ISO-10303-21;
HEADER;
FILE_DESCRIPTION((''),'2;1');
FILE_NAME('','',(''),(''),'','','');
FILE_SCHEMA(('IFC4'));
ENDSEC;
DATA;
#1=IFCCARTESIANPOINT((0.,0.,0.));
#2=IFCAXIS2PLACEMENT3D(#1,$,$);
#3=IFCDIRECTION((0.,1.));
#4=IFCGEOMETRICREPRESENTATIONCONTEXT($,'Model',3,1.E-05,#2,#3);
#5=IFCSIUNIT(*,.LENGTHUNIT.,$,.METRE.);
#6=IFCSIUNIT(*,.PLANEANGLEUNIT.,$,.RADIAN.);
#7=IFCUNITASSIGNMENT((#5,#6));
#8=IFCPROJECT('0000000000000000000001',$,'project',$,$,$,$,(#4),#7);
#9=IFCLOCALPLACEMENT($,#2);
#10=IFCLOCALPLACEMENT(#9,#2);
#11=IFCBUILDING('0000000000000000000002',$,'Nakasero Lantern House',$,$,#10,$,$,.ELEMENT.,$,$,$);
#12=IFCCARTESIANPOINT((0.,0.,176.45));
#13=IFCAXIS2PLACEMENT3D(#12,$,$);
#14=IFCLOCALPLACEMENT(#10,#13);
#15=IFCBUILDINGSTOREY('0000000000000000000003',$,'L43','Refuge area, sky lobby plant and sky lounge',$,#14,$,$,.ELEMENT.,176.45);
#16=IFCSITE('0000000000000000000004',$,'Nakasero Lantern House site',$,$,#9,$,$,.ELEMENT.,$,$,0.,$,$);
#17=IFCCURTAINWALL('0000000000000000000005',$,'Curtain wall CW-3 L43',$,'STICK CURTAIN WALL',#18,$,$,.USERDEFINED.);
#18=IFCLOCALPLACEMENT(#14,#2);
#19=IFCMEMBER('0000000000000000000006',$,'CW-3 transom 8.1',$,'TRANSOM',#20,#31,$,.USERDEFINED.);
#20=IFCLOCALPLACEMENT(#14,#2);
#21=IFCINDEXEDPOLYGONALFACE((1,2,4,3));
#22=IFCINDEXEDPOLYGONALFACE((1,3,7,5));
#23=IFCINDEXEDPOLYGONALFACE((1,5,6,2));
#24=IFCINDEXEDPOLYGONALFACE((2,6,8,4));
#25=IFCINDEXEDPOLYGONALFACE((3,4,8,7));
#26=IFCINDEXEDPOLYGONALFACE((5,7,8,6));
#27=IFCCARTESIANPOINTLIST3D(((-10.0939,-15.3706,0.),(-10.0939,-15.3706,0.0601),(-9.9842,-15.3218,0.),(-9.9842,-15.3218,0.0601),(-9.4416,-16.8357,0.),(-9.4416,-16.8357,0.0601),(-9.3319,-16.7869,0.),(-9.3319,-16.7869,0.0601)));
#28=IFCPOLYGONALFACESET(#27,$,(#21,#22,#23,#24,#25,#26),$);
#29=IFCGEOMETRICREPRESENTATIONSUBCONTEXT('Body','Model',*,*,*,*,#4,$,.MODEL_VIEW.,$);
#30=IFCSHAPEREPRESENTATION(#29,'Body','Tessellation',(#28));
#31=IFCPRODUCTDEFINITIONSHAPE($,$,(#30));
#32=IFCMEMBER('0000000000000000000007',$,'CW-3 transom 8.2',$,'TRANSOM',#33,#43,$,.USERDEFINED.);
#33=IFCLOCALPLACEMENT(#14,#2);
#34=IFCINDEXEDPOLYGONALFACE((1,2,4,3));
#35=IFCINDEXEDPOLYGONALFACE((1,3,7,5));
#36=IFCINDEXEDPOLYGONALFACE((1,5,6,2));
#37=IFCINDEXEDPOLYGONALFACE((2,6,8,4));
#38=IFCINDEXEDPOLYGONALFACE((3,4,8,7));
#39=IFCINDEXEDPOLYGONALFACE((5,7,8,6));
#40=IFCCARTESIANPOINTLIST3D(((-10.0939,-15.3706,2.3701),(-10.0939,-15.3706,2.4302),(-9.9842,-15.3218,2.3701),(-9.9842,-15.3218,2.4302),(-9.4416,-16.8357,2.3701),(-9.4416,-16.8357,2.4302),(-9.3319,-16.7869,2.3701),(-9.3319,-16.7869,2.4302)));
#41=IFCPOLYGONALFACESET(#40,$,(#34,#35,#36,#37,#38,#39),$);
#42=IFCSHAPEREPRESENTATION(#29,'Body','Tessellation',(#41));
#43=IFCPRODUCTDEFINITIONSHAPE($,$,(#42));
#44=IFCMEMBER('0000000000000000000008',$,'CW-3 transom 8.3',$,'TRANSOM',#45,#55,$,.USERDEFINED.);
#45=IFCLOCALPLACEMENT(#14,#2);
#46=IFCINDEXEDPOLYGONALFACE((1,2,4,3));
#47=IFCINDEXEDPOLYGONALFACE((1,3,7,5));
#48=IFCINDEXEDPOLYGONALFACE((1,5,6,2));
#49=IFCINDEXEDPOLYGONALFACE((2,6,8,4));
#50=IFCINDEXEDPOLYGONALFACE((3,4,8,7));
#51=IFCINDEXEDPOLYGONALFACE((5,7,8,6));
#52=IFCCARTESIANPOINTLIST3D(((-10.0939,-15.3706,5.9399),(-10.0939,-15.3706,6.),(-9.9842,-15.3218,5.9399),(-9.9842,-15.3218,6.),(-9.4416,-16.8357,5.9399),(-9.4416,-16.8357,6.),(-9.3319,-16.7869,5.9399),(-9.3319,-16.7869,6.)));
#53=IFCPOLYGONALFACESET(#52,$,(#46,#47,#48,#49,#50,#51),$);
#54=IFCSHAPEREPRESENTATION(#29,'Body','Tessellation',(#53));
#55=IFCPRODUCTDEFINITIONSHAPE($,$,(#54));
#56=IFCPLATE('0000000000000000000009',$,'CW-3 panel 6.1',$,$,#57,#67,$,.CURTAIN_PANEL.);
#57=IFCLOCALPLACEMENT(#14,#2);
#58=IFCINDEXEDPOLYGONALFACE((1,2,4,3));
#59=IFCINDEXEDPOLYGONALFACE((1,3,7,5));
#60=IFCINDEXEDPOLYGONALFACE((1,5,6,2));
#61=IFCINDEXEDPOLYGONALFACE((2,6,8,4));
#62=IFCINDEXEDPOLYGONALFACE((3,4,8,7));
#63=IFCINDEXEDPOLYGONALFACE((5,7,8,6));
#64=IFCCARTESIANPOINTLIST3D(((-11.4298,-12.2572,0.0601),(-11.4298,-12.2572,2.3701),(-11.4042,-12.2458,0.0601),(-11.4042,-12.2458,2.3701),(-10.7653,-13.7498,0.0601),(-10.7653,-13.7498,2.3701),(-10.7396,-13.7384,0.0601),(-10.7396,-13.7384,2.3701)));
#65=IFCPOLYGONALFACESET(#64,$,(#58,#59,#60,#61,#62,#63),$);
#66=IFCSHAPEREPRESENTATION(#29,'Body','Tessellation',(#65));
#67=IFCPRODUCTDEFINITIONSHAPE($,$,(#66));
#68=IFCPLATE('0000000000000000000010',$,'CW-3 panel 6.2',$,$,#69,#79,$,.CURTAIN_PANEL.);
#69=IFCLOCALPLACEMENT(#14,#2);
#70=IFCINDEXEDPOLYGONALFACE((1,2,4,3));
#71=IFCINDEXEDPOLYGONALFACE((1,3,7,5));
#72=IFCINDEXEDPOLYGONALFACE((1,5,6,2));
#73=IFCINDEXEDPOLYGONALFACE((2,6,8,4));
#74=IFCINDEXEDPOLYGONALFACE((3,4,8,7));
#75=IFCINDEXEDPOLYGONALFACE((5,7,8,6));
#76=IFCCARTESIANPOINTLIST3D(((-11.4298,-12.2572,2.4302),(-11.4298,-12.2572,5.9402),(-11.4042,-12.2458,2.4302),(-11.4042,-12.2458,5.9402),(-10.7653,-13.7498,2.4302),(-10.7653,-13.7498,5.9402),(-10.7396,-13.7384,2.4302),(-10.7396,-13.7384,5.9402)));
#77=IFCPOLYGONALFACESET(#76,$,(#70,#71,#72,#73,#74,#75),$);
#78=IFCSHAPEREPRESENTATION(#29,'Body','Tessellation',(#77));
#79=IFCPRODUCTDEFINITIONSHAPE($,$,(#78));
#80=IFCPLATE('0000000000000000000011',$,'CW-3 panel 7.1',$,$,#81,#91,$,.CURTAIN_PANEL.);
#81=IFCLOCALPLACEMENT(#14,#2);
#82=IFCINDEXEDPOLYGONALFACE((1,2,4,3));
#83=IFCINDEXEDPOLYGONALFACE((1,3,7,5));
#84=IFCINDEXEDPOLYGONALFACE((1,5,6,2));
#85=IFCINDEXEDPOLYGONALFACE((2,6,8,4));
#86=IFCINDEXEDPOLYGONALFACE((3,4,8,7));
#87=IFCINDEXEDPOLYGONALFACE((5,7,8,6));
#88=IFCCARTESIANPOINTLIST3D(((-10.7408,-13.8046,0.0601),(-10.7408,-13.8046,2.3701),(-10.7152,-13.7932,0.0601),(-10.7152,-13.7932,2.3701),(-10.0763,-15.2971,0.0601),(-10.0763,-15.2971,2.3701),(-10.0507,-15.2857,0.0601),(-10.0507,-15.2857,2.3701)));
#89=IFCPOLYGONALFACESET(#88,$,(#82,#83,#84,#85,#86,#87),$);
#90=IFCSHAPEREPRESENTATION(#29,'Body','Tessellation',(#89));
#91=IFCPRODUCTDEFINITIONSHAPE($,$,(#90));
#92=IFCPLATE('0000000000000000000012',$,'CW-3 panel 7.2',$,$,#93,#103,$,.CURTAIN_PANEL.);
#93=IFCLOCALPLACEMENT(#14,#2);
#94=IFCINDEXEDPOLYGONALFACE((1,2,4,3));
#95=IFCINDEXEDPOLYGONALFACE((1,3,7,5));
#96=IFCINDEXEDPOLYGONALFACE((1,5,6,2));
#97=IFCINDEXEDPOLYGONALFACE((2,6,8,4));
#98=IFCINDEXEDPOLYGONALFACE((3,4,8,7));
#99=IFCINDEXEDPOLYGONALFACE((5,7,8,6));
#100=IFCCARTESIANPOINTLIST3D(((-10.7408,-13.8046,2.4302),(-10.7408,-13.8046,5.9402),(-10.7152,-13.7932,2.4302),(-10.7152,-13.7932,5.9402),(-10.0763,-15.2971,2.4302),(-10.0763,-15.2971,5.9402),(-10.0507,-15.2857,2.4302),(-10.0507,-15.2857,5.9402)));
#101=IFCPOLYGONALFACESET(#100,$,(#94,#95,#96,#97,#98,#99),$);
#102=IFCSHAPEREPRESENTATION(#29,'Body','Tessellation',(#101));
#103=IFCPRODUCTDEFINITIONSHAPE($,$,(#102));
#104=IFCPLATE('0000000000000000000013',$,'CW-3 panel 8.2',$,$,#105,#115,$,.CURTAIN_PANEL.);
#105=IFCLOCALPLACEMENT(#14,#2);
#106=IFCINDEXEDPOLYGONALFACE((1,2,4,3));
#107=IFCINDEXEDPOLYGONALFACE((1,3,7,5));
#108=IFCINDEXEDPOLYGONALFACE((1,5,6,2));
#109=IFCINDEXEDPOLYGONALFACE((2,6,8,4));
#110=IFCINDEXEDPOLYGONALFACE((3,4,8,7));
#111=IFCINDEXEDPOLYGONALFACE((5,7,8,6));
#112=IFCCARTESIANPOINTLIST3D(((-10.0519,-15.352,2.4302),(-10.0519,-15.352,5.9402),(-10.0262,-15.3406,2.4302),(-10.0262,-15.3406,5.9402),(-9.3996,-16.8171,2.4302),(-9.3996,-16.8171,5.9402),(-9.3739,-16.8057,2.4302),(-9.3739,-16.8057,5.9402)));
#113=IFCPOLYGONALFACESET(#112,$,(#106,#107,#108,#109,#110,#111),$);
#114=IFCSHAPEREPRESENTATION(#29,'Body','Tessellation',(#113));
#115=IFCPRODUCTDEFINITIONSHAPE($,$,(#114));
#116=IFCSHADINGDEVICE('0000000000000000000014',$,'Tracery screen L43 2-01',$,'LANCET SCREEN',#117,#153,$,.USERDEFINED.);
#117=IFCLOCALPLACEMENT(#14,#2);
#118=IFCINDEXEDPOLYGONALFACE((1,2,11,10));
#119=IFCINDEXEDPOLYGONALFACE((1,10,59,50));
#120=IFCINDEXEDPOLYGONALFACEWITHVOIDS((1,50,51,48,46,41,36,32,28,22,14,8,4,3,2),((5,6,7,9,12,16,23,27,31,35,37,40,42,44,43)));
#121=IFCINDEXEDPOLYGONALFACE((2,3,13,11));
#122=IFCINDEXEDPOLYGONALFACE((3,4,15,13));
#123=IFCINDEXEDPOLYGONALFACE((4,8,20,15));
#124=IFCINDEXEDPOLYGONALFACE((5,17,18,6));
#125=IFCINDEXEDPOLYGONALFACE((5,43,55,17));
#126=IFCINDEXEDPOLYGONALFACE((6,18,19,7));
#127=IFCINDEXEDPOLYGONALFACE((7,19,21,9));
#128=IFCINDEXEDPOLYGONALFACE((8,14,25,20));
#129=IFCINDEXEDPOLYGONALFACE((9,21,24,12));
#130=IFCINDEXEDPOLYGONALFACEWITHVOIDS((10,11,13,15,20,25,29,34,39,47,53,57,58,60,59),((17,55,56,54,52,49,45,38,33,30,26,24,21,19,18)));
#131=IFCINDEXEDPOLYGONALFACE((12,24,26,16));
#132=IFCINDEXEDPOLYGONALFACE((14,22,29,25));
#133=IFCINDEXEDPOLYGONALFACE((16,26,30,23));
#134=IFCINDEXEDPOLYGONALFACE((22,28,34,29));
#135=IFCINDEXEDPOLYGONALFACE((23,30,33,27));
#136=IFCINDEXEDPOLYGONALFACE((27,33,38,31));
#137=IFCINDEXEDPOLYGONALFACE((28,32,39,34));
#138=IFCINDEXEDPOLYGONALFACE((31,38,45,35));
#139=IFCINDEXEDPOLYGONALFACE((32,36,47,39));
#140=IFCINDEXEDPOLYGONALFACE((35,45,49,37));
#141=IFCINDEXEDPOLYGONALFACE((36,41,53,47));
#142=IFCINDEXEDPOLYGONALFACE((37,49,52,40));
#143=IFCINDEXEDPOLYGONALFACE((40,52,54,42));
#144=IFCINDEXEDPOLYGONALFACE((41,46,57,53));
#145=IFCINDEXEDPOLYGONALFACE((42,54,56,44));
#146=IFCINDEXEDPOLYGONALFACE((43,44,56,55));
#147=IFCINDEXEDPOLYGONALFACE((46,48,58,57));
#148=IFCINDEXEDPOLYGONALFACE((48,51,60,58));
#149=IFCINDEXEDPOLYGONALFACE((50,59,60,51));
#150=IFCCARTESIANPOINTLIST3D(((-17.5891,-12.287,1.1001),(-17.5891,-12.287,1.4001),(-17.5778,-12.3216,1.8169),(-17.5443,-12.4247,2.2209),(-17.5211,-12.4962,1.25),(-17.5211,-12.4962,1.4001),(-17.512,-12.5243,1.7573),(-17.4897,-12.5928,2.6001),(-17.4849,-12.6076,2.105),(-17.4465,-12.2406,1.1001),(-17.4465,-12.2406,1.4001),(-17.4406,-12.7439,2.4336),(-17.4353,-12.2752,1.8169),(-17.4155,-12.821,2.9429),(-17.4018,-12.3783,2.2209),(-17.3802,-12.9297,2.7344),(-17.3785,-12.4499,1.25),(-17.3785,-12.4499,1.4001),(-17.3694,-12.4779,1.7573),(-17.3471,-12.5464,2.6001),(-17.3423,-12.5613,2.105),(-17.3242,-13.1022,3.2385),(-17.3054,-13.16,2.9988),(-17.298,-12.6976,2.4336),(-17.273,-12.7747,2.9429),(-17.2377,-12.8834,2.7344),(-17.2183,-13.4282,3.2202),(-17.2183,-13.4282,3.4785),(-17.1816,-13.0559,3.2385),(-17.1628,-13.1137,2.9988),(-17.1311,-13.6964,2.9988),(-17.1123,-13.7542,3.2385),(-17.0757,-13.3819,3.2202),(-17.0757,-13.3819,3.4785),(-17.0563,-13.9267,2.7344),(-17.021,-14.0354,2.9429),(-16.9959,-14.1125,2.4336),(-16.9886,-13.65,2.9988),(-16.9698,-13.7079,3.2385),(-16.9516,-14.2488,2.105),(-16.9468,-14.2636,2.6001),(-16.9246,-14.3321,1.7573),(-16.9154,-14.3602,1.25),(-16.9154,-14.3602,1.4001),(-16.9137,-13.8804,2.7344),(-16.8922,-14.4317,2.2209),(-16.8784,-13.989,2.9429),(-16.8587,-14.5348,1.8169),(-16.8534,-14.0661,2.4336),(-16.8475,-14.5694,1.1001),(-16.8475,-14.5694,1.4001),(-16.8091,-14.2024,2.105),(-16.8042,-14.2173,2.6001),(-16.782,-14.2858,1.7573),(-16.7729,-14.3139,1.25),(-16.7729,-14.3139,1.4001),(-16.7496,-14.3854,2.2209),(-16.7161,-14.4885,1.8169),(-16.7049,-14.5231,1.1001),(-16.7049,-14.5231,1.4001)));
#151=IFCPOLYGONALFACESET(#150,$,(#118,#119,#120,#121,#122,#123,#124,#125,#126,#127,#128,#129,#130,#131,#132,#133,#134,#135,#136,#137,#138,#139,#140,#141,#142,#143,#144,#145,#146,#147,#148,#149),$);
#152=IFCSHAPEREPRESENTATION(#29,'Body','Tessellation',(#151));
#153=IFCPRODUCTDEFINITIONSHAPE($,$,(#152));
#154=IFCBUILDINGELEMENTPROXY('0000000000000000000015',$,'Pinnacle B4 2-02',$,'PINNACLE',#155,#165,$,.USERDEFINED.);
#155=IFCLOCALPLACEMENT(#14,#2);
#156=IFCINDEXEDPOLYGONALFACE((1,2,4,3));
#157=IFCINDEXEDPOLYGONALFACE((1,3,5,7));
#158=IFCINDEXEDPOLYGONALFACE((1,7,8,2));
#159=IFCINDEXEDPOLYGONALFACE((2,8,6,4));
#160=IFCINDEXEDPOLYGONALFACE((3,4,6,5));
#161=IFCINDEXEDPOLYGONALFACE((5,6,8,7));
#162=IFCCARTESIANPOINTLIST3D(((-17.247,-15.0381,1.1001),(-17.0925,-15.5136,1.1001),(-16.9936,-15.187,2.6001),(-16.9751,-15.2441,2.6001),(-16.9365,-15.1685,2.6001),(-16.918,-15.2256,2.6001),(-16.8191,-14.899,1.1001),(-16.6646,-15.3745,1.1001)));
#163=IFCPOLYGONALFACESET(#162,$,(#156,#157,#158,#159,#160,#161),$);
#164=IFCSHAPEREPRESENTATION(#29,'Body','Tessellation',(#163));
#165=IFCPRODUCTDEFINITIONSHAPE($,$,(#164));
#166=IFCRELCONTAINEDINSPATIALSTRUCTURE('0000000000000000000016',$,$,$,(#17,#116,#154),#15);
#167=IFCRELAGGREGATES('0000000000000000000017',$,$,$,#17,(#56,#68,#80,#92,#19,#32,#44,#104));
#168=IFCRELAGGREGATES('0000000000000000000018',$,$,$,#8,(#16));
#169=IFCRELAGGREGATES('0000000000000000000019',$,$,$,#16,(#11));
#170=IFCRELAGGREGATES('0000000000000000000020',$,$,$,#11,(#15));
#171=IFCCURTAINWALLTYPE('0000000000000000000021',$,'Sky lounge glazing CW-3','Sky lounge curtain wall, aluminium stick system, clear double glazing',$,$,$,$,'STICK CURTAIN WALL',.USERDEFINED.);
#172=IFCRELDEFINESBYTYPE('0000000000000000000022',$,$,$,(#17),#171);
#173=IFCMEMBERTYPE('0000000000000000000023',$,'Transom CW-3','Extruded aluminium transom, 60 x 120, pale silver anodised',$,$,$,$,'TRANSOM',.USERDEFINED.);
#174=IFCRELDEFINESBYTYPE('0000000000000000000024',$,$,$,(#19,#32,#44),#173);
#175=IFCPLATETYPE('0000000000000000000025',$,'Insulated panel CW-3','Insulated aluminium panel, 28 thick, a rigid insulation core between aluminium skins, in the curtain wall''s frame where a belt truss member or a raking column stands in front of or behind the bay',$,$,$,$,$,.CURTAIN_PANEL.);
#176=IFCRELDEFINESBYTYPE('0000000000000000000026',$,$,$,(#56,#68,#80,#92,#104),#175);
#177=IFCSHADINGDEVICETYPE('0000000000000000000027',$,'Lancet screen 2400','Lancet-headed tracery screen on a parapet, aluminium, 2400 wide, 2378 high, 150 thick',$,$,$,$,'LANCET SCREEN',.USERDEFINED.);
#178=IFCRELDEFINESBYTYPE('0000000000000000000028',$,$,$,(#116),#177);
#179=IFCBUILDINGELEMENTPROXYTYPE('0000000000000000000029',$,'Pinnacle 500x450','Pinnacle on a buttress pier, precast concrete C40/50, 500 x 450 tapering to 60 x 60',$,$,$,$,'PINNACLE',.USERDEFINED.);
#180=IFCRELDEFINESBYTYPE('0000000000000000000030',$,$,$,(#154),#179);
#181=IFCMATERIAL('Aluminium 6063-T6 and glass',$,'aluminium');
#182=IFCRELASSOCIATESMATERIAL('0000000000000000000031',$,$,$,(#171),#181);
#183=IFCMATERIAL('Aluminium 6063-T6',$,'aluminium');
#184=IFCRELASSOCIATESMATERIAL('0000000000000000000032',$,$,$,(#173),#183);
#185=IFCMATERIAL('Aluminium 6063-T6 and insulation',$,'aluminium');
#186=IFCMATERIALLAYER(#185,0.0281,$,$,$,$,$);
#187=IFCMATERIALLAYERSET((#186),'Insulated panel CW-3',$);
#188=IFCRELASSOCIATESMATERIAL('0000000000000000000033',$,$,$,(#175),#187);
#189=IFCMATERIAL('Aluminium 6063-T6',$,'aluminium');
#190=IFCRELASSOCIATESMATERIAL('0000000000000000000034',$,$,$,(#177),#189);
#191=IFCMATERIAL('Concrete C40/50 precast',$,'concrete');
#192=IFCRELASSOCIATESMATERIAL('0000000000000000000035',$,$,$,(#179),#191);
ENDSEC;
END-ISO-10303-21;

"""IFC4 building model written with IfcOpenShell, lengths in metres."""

from ifc_helpers import new_model, entity, si_unit, direction, frame, origin, origin_2d, place, context, subcontext, project, spatial, polyline, rectangle, outline, extrude, material, layer, layer_set, material_profile, profile_set, type_object, element, aggregate, save


model = new_model("IFC4")

# Units and contexts
model_context = context("Model", 3, precision=1e-05, world=origin(), true_north=direction((0.0, 1.0)))
body_context = subcontext(model_context, "Body", "Model", "MODEL_VIEW")
ifc_project = project(units=[si_unit("LENGTHUNIT", "METRE"), si_unit("PLANEANGLEUNIT", "RADIAN")], contexts=[model_context])

# Site, building, storey
site_placement = place(None, origin())
site = spatial("IfcSite", under=ifc_project, at=site_placement, Name="Nakasero Lantern House site", CompositionType="ELEMENT", RefElevation=0.0)
building_placement = place(site_placement, origin())
building = spatial("IfcBuilding", under=site, at=building_placement, Name="Nakasero Lantern House", CompositionType="ELEMENT")
storey_placement = place(building_placement, frame((0.0, 0.0, 176.45)))
storey = spatial("IfcBuildingStorey", under=building, at=storey_placement, Name="L43", Description="Refuge area, sky lobby plant and sky lounge", CompositionType="ELEMENT", Elevation=176.45)

# Curtain wall
ifc_material_1 = material(Name="Aluminium 6063-T6 and glass", Category="aluminium")
curtain_wall_type = type_object("IfcCurtainWallType", Name="Sky lounge glazing CW-3", Description="Sky lounge curtain wall, aluminium stick system, clear double glazing", ElementType="STICK CURTAIN WALL", PredefinedType="USERDEFINED", material=ifc_material_1)
curtain_wall_placement = place(storey_placement, origin())
curtain_wall = element("IfcCurtainWall", 1, at=curtain_wall_placement, inside=storey, type_object=curtain_wall_type, Name="Curtain wall CW-3 L43", ObjectType="STICK CURTAIN WALL", PredefinedType="USERDEFINED")

# Members
ifc_material_2 = material(Name="Aluminium 6063-T6", Category="aluminium")
ifc_material_profile_1 = material_profile(ifc_material_2, rectangle(XDim=0.0601, YDim=0.1201, at=origin_2d()), Name="CW-3 transom 60x120")
ifc_profile_set_1 = profile_set([ifc_material_profile_1], Name="Aluminium 6063-T6")
member_type_1 = type_object("IfcMemberType", Name="Transom CW-3", Description="Extruded aluminium transom, 60 x 120, pale silver anodised", ElementType="TRANSOM", PredefinedType="USERDEFINED", material=ifc_profile_set_1)
member_1_placement = place(storey_placement, frame((-10.0391, -15.3462, 0.03), z_axis=(0.40676, -0.913535, 0.0), x_axis=(0.0, 0.0, 1.0)))
member_1 = element("IfcMember", 2, at=member_1_placement, type_object=member_type_1, Name="CW-3 transom 8.1", ObjectType="TRANSOM", PredefinedType="USERDEFINED", context=body_context, shape_type="SweptSolid", body=[
    extrude(rectangle(XDim=0.0601, YDim=0.1201, at=origin_2d()), origin(), (0.0, 0.0, 1.0), 1.6038),
])
member_2_placement = place(storey_placement, frame((-10.0391, -15.3462, 2.4001), z_axis=(0.40676, -0.913535, 0.0), x_axis=(0.0, 0.0, 1.0)))
member_2 = element("IfcMember", 3, at=member_2_placement, type_object=member_type_1, Name="CW-3 transom 8.2", ObjectType="TRANSOM", PredefinedType="USERDEFINED", context=body_context, shape_type="SweptSolid", body=[
    extrude(rectangle(XDim=0.0601, YDim=0.1201, at=origin_2d()), origin(), (0.0, 0.0, 1.0), 1.6038),
])
member_3_placement = place(storey_placement, frame((-10.0391, -15.3462, 5.97), z_axis=(0.40676, -0.913535, 0.0), x_axis=(0.0, 0.0, 1.0)))
member_3 = element("IfcMember", 4, at=member_3_placement, type_object=member_type_1, Name="CW-3 transom 8.3", ObjectType="TRANSOM", PredefinedType="USERDEFINED", context=body_context, shape_type="SweptSolid", body=[
    extrude(rectangle(XDim=0.0601, YDim=0.1201, at=origin_2d()), origin(), (0.0, 0.0, 1.0), 1.6038),
])

# Plates
ifc_material_3 = material(Name="Aluminium 6063-T6 and insulation", Category="aluminium")
ifc_layer = layer(ifc_material_3, 0.0281)
ifc_layer_set = layer_set([ifc_layer], Name="Insulated panel CW-3")
plate_type = type_object("IfcPlateType", Name="Insulated panel CW-3", Description="Insulated aluminium panel, 28 thick, a rigid insulation core between aluminium skins, in the curtain wall's frame where a belt truss member or a raking column stands in front of or behind the bay", PredefinedType="CURTAIN_PANEL", material=ifc_layer_set)
plate_1_placement = place(storey_placement, frame((-11.0847, -12.9978, 0.0601), z_axis=(0.0, 0.0, 1.0), x_axis=(0.406737, -0.913545, 0.0)))
plate_1 = element("IfcPlate", 5, at=plate_1_placement, type_object=plate_type, Name="CW-3 panel 6.1", PredefinedType="CURTAIN_PANEL", context=body_context, shape_type="SweptSolid", body=[
    extrude(rectangle(XDim=1.6338, YDim=0.0281, at=origin_2d()), origin(), (0.0, 0.0, 1.0), 2.3101),
])
plate_2_placement = place(storey_placement, frame((-11.0847, -12.9978, 2.4302), z_axis=(0.0, 0.0, 1.0), x_axis=(0.406737, -0.913545, 0.0)))
plate_2 = element("IfcPlate", 6, at=plate_2_placement, type_object=plate_type, Name="CW-3 panel 6.2", PredefinedType="CURTAIN_PANEL", context=body_context, shape_type="SweptSolid", body=[
    extrude(rectangle(XDim=1.6338, YDim=0.0281, at=origin_2d()), origin(), (0.0, 0.0, 1.0), 3.51),
])
plate_3_placement = place(storey_placement, frame((-10.3958, -14.5452, 0.0601), z_axis=(0.0, 0.0, 1.0), x_axis=(0.406737, -0.913545, 0.0)))
plate_3 = element("IfcPlate", 7, at=plate_3_placement, type_object=plate_type, Name="CW-3 panel 7.1", PredefinedType="CURTAIN_PANEL", context=body_context, shape_type="SweptSolid", body=[
    extrude(rectangle(XDim=1.6338, YDim=0.0281, at=origin_2d()), origin(), (0.0, 0.0, 1.0), 2.3101),
])
plate_4_placement = place(storey_placement, frame((-10.3958, -14.5452, 2.4302), z_axis=(0.0, 0.0, 1.0), x_axis=(0.406737, -0.913545, 0.0)))
plate_4 = element("IfcPlate", 8, at=plate_4_placement, type_object=plate_type, Name="CW-3 panel 7.2", PredefinedType="CURTAIN_PANEL", context=body_context, shape_type="SweptSolid", body=[
    extrude(rectangle(XDim=1.6338, YDim=0.0281, at=origin_2d()), origin(), (0.0, 0.0, 1.0), 3.51),
])
plate_5_placement = place(storey_placement, frame((-9.7129, -16.0789, 2.4302), z_axis=(0.0, 0.0, 1.0), x_axis=(0.406737, -0.913545, 0.0)))
plate_5 = element("IfcPlate", 9, at=plate_5_placement, type_object=plate_type, Name="CW-3 panel 8.2", PredefinedType="CURTAIN_PANEL", context=body_context, shape_type="SweptSolid", body=[
    extrude(rectangle(XDim=1.6038, YDim=0.0281, at=origin_2d()), origin(), (0.0, 0.0, 1.0), 3.51),
])
aggregate(curtain_wall, [plate_1, plate_2, plate_3, plate_4, member_1, member_2, member_3, plate_5])

# Shading device
ifc_material_4 = material(Name="Aluminium 6063-T6", Category="aluminium")
shading_device_type = type_object("IfcShadingDeviceType", Name="Lancet screen 2400", Description="Lancet-headed tracery screen on a parapet, aluminium, 2400 wide, 2378 high, 150 thick", ElementType="LANCET SCREEN", PredefinedType="USERDEFINED", material=ifc_material_4)
shading_device_placement = place(storey_placement, frame((-17.147, -13.405, 1.1001), z_axis=(0.0, 0.0, 1.0), x_axis=(0.309017, -0.951057, 0.0)))
element("IfcShadingDevice", 10, at=shading_device_placement, inside=storey, type_object=shading_device_type, Name="Tracery screen L43 2-01", ObjectType="LANCET SCREEN", PredefinedType="USERDEFINED", context=body_context, shape_type="SweptSolid", body=[
    extrude(outline(polyline([(-1.2, 0.0), (1.2, 0.0), (1.2, 0.3), (1.1636, 0.7168), (1.0552, 1.1208), (0.8784, 1.5), (0.6384, 1.8428), (0.3428, 2.1384), (0.0, 2.3784), (-0.3428, 2.1384), (-0.6384, 1.8428), (-0.8784, 1.5), (-1.0552, 1.1208), (-1.1636, 0.7168), (-1.2, 0.3), (-1.2, 0.0)]), holes=[polyline([(-0.98, 0.1499), (0.98, 0.1499), (0.98, 0.3), (0.9504, 0.6572), (0.8628, 1.0049), (0.7195, 1.3335), (0.5242, 1.6343), (0.282, 1.8987), (0.0, 2.1201), (-0.282, 1.8987), (-0.5242, 1.6343), (-0.7195, 1.3335), (-0.8628, 1.0049), (-0.9504, 0.6572), (-0.98, 0.3), (-0.98, 0.1499)])]), frame((0.0, 0.075, 0.0), z_axis=(0.0, -1.0, 0.0), x_axis=(1.0, 0.0, 0.0)), (0.0, 0.0, 1.0), 0.1499),
])

# Building element proxy
ifc_material_5 = material(Name="Concrete C40/50 precast", Category="concrete")
building_element_proxy_type = type_object("IfcBuildingElementProxyType", Name="Pinnacle 500x450", Description="Pinnacle on a buttress pier, precast concrete C40/50, 500 x 450 tapering to 60 x 60", ElementType="PINNACLE", PredefinedType="USERDEFINED", material=ifc_material_5)
proxy_placement = place(storey_placement, frame((-16.9558, -15.2063, 1.1001), z_axis=(0.0, 0.0, 1.0), x_axis=(-0.951057, -0.309017, 0.0)))
element("IfcBuildingElementProxy", 11, at=proxy_placement, inside=storey, type_object=building_element_proxy_type, Name="Pinnacle B4 2-02", ObjectType="PINNACLE", PredefinedType="USERDEFINED", context=body_context, shape_type="SweptSolid", body=[
    entity("IfcExtrudedAreaSolidTapered", entity("IfcRectangleProfileDef", "AREA", None, entity("IfcAxis2Placement2D", entity("IfcCartesianPoint", [0.0, 0.0])), 0.45, 0.5), entity("IfcAxis2Placement3D", entity("IfcCartesianPoint", [0.0, 0.0, 0.0])), entity("IfcDirection", [0.0, 0.0, 1.0]), 1.5, entity("IfcRectangleProfileDef", "AREA", None, entity("IfcAxis2Placement2D", entity("IfcCartesianPoint", [0.0, 0.0])), 0.0601, 0.0601)),
])

save(model, "model.ifc")
